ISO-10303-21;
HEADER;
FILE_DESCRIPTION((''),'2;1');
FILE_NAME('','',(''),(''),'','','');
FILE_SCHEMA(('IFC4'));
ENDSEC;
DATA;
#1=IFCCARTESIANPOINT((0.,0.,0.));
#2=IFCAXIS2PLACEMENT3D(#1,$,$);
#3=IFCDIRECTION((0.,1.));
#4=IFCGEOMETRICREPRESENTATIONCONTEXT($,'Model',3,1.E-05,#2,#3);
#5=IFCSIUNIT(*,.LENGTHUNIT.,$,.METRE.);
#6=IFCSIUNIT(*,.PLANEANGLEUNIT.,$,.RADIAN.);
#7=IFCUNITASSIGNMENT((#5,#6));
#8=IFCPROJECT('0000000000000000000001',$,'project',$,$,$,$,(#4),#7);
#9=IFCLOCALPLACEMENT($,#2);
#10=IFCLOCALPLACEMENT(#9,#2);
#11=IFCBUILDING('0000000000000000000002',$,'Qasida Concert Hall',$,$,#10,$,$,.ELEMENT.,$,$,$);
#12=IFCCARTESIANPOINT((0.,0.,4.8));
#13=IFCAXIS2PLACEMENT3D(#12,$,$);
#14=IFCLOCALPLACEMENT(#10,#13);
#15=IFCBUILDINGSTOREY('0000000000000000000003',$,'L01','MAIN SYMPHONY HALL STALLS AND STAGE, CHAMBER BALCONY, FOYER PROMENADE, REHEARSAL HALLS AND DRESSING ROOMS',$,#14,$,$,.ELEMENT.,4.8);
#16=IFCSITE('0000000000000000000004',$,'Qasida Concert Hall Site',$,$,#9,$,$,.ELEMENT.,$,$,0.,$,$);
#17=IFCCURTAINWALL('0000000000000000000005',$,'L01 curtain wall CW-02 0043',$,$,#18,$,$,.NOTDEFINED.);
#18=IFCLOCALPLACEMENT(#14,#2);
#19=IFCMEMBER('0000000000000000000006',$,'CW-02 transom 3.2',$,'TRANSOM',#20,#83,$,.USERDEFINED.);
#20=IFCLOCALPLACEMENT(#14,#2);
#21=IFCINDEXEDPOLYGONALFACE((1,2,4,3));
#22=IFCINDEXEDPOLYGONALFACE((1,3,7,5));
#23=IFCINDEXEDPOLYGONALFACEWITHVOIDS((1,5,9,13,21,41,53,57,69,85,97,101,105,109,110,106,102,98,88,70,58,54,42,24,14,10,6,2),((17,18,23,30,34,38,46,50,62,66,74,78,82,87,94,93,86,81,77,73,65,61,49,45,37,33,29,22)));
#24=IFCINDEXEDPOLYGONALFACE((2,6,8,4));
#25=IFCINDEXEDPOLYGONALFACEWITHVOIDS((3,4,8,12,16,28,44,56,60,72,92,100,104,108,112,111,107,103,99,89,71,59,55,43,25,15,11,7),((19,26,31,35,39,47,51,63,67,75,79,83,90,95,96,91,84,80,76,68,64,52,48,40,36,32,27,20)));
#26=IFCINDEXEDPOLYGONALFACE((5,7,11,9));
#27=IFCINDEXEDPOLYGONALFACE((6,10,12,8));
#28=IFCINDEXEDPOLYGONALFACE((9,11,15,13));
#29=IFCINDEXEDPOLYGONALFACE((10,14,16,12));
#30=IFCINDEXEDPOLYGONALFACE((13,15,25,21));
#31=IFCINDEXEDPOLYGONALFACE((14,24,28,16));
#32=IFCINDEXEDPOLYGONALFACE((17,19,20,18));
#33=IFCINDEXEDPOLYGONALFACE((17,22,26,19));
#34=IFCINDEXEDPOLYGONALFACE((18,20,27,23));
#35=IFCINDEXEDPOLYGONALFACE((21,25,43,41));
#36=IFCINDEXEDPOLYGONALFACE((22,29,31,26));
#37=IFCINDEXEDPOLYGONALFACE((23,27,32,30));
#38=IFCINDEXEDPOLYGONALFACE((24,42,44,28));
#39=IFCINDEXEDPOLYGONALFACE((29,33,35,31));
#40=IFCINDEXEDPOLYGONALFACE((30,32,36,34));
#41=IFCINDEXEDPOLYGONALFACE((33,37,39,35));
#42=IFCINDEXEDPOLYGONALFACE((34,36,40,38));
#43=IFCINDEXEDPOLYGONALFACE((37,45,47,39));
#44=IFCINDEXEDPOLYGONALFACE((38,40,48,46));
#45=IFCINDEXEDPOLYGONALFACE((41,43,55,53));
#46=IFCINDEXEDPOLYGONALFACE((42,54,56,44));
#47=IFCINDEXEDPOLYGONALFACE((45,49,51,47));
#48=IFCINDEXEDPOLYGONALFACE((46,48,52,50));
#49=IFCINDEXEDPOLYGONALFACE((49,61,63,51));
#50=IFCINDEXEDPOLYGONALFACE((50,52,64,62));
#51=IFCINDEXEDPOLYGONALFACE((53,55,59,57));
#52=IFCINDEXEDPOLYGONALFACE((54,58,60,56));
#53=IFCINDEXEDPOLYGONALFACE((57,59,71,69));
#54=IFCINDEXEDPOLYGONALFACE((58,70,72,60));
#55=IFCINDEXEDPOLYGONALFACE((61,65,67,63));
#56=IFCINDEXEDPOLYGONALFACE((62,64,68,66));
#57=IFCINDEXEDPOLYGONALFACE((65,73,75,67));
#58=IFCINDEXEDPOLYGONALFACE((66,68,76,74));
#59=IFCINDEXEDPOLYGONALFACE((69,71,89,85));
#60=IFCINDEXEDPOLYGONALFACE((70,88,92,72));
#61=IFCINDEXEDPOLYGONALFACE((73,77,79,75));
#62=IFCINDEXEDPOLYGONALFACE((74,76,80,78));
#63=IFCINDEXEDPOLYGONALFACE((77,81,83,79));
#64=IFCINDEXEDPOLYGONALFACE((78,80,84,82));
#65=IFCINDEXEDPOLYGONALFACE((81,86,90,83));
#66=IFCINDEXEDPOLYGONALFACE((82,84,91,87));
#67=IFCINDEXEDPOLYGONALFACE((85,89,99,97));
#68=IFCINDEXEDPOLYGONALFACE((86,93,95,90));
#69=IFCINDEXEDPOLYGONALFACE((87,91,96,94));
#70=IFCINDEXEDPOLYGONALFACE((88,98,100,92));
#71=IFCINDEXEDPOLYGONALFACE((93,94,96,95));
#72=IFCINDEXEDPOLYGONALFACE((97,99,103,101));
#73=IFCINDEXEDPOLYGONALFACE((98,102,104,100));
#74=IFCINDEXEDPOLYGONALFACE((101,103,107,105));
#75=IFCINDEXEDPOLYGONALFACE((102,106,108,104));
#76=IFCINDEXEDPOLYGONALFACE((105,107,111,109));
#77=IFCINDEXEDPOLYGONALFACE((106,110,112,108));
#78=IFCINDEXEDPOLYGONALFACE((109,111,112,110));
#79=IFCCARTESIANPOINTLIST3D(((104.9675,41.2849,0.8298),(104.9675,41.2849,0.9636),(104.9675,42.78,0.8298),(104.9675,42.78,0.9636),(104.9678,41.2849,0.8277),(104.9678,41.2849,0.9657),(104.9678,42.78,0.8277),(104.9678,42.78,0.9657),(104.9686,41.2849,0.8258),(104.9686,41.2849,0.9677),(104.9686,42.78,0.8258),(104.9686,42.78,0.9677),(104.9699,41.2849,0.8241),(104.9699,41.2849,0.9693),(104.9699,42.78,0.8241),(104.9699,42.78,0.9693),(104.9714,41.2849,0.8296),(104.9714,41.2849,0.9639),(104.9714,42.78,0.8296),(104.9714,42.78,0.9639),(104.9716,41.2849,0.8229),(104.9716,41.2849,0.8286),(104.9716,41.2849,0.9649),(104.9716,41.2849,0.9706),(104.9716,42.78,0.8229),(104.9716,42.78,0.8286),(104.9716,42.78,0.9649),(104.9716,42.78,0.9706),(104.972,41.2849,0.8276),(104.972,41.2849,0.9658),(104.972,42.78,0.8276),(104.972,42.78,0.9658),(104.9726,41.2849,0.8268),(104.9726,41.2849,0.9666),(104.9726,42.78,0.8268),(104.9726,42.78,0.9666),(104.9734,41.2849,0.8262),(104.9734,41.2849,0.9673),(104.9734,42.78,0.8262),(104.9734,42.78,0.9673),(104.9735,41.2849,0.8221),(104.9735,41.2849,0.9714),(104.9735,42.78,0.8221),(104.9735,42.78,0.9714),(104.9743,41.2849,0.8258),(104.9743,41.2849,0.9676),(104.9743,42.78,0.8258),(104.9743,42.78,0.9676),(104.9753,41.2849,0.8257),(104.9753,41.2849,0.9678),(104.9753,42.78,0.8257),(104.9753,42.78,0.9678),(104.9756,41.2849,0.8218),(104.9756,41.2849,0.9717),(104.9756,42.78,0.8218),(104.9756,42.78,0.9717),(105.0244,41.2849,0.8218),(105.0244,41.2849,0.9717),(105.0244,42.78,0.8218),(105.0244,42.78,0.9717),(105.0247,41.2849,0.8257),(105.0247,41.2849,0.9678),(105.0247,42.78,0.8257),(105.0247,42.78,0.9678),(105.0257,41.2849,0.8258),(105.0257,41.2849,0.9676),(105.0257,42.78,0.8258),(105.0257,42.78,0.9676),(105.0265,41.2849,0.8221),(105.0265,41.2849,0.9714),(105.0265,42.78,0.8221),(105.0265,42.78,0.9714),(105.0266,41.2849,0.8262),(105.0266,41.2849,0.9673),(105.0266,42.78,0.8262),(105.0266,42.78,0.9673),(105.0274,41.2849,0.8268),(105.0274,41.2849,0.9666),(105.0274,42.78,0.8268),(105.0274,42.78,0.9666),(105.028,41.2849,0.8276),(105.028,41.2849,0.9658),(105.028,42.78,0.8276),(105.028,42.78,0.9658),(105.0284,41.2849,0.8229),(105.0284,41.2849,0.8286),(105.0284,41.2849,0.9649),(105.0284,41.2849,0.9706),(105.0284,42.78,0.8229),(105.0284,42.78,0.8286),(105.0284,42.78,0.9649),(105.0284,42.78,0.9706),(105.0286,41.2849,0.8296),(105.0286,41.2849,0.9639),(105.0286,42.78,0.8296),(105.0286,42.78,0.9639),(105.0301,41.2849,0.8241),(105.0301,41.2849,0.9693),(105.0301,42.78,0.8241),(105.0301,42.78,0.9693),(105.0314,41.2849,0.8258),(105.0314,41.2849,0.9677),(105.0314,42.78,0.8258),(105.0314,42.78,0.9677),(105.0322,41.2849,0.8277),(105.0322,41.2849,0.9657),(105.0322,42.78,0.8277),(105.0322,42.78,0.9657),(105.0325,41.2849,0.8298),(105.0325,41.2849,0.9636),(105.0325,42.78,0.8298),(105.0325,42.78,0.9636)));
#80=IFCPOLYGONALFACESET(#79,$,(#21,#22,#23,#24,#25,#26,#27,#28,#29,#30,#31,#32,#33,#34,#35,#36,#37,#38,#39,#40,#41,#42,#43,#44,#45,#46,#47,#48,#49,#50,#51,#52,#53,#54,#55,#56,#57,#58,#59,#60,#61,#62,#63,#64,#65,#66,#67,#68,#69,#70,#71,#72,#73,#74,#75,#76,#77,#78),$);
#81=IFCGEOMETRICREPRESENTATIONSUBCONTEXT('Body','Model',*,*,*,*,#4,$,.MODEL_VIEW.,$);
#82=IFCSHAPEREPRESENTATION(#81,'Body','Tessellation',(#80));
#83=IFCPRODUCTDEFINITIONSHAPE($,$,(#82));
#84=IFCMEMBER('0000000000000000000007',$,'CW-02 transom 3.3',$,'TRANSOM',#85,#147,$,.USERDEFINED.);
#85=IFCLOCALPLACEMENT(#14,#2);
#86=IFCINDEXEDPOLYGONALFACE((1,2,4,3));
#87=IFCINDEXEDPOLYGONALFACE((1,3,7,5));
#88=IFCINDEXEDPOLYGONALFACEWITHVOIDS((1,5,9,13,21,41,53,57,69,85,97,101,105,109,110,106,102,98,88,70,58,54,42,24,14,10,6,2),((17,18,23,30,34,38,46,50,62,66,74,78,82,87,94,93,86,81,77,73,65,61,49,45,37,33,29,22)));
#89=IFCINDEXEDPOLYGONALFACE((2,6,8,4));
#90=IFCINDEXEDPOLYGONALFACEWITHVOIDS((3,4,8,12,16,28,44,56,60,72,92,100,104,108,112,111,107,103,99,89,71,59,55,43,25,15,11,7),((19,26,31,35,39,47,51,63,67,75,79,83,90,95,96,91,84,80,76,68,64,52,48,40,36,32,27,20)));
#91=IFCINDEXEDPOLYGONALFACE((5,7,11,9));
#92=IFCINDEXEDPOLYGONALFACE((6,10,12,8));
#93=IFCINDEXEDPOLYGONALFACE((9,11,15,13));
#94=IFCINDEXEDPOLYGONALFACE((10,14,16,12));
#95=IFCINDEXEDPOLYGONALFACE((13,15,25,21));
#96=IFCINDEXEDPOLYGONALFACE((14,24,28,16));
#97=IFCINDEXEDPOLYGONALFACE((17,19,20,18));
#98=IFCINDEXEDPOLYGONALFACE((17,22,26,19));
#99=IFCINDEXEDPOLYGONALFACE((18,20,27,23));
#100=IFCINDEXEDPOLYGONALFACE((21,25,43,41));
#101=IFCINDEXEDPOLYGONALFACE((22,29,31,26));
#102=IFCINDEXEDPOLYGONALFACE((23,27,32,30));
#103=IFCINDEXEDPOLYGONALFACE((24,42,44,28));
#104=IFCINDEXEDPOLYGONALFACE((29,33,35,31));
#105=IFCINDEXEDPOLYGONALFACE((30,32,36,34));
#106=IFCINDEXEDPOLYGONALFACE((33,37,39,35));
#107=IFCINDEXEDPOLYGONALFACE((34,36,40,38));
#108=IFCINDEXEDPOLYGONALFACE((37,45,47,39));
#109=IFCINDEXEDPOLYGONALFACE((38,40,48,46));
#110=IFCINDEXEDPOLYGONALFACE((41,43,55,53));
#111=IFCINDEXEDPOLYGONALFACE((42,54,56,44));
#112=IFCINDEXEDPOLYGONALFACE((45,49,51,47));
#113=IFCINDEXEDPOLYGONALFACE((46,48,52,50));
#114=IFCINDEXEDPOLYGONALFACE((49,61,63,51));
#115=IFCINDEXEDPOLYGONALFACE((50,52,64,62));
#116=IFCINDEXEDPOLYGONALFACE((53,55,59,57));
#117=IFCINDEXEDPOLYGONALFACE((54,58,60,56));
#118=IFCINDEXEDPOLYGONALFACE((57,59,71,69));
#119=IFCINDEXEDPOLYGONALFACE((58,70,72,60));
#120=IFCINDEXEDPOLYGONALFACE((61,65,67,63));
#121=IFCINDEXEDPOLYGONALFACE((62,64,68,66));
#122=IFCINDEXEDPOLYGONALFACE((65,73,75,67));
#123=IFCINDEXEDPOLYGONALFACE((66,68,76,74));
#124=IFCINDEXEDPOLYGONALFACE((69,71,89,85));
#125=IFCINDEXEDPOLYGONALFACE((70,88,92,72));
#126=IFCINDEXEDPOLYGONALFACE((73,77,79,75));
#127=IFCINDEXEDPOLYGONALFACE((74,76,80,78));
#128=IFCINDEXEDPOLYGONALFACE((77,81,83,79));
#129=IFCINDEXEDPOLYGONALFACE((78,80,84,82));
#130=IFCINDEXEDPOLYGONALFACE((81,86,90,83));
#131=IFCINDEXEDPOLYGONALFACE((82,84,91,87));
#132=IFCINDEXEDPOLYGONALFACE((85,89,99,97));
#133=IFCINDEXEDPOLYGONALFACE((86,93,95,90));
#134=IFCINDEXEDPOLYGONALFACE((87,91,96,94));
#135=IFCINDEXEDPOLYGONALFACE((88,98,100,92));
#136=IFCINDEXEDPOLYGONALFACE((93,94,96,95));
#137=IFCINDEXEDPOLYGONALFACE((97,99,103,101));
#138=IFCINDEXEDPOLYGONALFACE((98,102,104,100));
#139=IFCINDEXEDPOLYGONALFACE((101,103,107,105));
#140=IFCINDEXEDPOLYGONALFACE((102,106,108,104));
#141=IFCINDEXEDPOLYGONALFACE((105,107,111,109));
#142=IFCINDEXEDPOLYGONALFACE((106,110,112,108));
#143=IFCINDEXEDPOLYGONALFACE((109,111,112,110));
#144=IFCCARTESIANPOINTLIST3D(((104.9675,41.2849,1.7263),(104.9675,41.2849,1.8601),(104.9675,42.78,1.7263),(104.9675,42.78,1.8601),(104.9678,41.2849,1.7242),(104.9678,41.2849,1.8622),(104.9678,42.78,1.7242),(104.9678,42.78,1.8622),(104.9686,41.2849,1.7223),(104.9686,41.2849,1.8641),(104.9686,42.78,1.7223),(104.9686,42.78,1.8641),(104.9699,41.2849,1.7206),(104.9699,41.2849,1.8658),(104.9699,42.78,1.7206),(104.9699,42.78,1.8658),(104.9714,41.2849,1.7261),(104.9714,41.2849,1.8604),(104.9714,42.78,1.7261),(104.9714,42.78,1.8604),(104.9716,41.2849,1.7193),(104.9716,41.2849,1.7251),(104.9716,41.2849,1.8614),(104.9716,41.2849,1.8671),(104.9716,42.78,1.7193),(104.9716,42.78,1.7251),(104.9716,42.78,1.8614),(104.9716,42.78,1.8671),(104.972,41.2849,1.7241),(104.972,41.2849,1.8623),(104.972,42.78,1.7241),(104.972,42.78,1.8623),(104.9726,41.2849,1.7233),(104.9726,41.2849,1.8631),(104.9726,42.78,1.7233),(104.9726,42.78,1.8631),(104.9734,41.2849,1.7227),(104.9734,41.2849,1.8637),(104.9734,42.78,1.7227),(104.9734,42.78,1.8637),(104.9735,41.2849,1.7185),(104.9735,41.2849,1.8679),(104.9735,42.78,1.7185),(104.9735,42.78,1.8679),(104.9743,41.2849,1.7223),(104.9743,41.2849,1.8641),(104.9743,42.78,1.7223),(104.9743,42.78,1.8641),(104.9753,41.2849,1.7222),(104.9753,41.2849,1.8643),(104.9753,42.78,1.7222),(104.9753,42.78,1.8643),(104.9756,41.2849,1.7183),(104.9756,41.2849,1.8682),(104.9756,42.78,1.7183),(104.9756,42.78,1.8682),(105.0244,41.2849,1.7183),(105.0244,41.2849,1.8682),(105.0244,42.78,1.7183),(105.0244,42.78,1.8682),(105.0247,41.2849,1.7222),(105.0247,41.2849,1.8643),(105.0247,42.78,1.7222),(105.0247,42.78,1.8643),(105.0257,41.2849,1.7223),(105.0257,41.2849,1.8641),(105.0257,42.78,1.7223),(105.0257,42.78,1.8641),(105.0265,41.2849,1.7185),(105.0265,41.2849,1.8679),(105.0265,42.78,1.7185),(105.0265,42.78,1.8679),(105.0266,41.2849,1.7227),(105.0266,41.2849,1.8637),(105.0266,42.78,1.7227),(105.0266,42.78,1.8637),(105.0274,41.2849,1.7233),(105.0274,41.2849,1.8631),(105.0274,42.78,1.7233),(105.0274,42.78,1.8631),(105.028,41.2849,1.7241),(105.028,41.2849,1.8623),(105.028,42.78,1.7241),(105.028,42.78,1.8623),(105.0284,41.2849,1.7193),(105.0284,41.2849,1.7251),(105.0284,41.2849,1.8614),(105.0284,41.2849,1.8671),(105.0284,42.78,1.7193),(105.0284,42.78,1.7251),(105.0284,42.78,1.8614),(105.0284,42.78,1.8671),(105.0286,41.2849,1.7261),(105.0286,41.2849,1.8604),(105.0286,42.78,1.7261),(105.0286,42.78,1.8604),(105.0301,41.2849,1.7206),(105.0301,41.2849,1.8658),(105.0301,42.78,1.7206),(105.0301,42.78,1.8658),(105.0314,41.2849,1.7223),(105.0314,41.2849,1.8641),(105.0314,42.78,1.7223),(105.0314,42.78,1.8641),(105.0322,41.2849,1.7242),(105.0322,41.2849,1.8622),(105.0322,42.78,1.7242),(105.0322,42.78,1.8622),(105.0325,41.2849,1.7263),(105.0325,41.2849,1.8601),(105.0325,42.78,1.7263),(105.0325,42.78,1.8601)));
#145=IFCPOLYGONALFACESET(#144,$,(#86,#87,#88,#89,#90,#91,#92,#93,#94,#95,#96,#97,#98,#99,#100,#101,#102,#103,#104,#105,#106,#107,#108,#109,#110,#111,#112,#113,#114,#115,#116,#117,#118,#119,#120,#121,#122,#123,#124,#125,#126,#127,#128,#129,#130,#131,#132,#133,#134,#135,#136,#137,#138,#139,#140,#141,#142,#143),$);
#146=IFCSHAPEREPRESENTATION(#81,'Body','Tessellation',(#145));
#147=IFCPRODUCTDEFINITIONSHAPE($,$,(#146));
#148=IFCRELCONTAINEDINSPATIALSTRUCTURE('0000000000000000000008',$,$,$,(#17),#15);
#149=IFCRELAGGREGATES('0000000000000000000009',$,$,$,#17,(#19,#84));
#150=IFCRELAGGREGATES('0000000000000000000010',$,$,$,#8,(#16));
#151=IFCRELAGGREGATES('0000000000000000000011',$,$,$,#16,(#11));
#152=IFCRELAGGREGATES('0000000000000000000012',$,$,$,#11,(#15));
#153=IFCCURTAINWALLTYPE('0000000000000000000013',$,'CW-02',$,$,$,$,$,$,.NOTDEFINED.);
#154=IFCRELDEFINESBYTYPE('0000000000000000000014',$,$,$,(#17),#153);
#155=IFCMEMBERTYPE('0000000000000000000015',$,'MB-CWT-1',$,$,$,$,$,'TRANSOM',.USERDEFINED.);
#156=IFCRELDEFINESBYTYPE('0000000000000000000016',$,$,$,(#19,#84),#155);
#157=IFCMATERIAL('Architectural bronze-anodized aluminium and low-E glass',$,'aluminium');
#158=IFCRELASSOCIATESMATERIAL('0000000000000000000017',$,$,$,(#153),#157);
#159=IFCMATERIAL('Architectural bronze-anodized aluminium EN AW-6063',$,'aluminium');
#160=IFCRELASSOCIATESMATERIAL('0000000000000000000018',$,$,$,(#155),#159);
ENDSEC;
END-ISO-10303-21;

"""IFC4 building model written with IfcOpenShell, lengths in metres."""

from ifc_helpers import new_model, si_unit, direction, frame, origin, origin_2d, place, context, subcontext, project, spatial, hollow_rectangle, extrude, material, material_profile, profile_set, type_object, element, aggregate, save


model = new_model("IFC4")

# Units and contexts
model_context = context("Model", 3, precision=1e-05, world=origin(), true_north=direction((0.0, 1.0)))
body_context = subcontext(model_context, "Body", "Model", "MODEL_VIEW")
ifc_project = project(units=[si_unit("LENGTHUNIT", "METRE"), si_unit("PLANEANGLEUNIT", "RADIAN")], contexts=[model_context])

# Site, building, storey
site_placement = place(None, origin())
site = spatial("IfcSite", under=ifc_project, at=site_placement, Name="Qasida Concert Hall Site", CompositionType="ELEMENT", RefElevation=0.0)
building_placement = place(site_placement, origin())
building = spatial("IfcBuilding", under=site, at=building_placement, Name="Qasida Concert Hall", CompositionType="ELEMENT")
storey_placement = place(building_placement, frame((0.0, 0.0, 4.8)))
storey = spatial("IfcBuildingStorey", under=building, at=storey_placement, Name="L01", Description="MAIN SYMPHONY HALL STALLS AND STAGE, CHAMBER BALCONY, FOYER PROMENADE, REHEARSAL HALLS AND DRESSING ROOMS", CompositionType="ELEMENT", Elevation=4.8)

# Curtain wall, members
ifc_material_1 = material(Name="Architectural bronze-anodized aluminium and low-E glass", Category="aluminium")
curtain_wall_type = type_object("IfcCurtainWallType", Name="CW-02", PredefinedType="NOTDEFINED", material=ifc_material_1)
curtain_wall_placement = place(storey_placement, origin())
curtain_wall = element("IfcCurtainWall", 1, at=curtain_wall_placement, inside=storey, type_object=curtain_wall_type, Name="L01 curtain wall CW-02 0043", PredefinedType="NOTDEFINED")
ifc_material_2 = material(Name="Architectural bronze-anodized aluminium EN AW-6063", Category="aluminium")
ifc_material_profile_1 = material_profile(ifc_material_2, hollow_rectangle(XDim=0.0649, YDim=0.1499, WallThickness=0.0039, InnerFilletRadius=0.0039, OuterFilletRadius=0.0081, at=origin_2d()), Name="CWT 150x65x4")
ifc_profile_set_1 = profile_set([ifc_material_profile_1], Name="Architectural bronze-anodized aluminium EN AW-6063")
member_type_1 = type_object("IfcMemberType", Name="MB-CWT-1", ElementType="TRANSOM", PredefinedType="USERDEFINED", material=ifc_profile_set_1)
member_1_placement = place(storey_placement, frame((105.0, 41.2849, 0.8967), z_axis=(0.0, 1.0, 0.0), x_axis=(-1.0, 0.0, 0.0)))
member_1 = element("IfcMember", 2, at=member_1_placement, type_object=member_type_1, Name="CW-02 transom 3.2", ObjectType="TRANSOM", PredefinedType="USERDEFINED", context=body_context, shape_type="SweptSolid", body=[
    extrude(hollow_rectangle(XDim=0.0649, YDim=0.1499, WallThickness=0.0039, InnerFilletRadius=0.0039, OuterFilletRadius=0.0081, at=origin_2d()), origin(), (0.0, 0.0, 1.0), 1.4951),
])
member_2_placement = place(storey_placement, frame((105.0, 41.2849, 1.7932), z_axis=(0.0, 1.0, 0.0), x_axis=(-1.0, 0.0, 0.0)))
member_2 = element("IfcMember", 3, at=member_2_placement, type_object=member_type_1, Name="CW-02 transom 3.3", ObjectType="TRANSOM", PredefinedType="USERDEFINED", context=body_context, shape_type="SweptSolid", body=[
    extrude(hollow_rectangle(XDim=0.0649, YDim=0.1499, WallThickness=0.0039, InnerFilletRadius=0.0039, OuterFilletRadius=0.0081, at=origin_2d()), origin(), (0.0, 0.0, 1.0), 1.4951),
])
aggregate(curtain_wall, [member_1, member_2])

save(model, "model.ifc")
